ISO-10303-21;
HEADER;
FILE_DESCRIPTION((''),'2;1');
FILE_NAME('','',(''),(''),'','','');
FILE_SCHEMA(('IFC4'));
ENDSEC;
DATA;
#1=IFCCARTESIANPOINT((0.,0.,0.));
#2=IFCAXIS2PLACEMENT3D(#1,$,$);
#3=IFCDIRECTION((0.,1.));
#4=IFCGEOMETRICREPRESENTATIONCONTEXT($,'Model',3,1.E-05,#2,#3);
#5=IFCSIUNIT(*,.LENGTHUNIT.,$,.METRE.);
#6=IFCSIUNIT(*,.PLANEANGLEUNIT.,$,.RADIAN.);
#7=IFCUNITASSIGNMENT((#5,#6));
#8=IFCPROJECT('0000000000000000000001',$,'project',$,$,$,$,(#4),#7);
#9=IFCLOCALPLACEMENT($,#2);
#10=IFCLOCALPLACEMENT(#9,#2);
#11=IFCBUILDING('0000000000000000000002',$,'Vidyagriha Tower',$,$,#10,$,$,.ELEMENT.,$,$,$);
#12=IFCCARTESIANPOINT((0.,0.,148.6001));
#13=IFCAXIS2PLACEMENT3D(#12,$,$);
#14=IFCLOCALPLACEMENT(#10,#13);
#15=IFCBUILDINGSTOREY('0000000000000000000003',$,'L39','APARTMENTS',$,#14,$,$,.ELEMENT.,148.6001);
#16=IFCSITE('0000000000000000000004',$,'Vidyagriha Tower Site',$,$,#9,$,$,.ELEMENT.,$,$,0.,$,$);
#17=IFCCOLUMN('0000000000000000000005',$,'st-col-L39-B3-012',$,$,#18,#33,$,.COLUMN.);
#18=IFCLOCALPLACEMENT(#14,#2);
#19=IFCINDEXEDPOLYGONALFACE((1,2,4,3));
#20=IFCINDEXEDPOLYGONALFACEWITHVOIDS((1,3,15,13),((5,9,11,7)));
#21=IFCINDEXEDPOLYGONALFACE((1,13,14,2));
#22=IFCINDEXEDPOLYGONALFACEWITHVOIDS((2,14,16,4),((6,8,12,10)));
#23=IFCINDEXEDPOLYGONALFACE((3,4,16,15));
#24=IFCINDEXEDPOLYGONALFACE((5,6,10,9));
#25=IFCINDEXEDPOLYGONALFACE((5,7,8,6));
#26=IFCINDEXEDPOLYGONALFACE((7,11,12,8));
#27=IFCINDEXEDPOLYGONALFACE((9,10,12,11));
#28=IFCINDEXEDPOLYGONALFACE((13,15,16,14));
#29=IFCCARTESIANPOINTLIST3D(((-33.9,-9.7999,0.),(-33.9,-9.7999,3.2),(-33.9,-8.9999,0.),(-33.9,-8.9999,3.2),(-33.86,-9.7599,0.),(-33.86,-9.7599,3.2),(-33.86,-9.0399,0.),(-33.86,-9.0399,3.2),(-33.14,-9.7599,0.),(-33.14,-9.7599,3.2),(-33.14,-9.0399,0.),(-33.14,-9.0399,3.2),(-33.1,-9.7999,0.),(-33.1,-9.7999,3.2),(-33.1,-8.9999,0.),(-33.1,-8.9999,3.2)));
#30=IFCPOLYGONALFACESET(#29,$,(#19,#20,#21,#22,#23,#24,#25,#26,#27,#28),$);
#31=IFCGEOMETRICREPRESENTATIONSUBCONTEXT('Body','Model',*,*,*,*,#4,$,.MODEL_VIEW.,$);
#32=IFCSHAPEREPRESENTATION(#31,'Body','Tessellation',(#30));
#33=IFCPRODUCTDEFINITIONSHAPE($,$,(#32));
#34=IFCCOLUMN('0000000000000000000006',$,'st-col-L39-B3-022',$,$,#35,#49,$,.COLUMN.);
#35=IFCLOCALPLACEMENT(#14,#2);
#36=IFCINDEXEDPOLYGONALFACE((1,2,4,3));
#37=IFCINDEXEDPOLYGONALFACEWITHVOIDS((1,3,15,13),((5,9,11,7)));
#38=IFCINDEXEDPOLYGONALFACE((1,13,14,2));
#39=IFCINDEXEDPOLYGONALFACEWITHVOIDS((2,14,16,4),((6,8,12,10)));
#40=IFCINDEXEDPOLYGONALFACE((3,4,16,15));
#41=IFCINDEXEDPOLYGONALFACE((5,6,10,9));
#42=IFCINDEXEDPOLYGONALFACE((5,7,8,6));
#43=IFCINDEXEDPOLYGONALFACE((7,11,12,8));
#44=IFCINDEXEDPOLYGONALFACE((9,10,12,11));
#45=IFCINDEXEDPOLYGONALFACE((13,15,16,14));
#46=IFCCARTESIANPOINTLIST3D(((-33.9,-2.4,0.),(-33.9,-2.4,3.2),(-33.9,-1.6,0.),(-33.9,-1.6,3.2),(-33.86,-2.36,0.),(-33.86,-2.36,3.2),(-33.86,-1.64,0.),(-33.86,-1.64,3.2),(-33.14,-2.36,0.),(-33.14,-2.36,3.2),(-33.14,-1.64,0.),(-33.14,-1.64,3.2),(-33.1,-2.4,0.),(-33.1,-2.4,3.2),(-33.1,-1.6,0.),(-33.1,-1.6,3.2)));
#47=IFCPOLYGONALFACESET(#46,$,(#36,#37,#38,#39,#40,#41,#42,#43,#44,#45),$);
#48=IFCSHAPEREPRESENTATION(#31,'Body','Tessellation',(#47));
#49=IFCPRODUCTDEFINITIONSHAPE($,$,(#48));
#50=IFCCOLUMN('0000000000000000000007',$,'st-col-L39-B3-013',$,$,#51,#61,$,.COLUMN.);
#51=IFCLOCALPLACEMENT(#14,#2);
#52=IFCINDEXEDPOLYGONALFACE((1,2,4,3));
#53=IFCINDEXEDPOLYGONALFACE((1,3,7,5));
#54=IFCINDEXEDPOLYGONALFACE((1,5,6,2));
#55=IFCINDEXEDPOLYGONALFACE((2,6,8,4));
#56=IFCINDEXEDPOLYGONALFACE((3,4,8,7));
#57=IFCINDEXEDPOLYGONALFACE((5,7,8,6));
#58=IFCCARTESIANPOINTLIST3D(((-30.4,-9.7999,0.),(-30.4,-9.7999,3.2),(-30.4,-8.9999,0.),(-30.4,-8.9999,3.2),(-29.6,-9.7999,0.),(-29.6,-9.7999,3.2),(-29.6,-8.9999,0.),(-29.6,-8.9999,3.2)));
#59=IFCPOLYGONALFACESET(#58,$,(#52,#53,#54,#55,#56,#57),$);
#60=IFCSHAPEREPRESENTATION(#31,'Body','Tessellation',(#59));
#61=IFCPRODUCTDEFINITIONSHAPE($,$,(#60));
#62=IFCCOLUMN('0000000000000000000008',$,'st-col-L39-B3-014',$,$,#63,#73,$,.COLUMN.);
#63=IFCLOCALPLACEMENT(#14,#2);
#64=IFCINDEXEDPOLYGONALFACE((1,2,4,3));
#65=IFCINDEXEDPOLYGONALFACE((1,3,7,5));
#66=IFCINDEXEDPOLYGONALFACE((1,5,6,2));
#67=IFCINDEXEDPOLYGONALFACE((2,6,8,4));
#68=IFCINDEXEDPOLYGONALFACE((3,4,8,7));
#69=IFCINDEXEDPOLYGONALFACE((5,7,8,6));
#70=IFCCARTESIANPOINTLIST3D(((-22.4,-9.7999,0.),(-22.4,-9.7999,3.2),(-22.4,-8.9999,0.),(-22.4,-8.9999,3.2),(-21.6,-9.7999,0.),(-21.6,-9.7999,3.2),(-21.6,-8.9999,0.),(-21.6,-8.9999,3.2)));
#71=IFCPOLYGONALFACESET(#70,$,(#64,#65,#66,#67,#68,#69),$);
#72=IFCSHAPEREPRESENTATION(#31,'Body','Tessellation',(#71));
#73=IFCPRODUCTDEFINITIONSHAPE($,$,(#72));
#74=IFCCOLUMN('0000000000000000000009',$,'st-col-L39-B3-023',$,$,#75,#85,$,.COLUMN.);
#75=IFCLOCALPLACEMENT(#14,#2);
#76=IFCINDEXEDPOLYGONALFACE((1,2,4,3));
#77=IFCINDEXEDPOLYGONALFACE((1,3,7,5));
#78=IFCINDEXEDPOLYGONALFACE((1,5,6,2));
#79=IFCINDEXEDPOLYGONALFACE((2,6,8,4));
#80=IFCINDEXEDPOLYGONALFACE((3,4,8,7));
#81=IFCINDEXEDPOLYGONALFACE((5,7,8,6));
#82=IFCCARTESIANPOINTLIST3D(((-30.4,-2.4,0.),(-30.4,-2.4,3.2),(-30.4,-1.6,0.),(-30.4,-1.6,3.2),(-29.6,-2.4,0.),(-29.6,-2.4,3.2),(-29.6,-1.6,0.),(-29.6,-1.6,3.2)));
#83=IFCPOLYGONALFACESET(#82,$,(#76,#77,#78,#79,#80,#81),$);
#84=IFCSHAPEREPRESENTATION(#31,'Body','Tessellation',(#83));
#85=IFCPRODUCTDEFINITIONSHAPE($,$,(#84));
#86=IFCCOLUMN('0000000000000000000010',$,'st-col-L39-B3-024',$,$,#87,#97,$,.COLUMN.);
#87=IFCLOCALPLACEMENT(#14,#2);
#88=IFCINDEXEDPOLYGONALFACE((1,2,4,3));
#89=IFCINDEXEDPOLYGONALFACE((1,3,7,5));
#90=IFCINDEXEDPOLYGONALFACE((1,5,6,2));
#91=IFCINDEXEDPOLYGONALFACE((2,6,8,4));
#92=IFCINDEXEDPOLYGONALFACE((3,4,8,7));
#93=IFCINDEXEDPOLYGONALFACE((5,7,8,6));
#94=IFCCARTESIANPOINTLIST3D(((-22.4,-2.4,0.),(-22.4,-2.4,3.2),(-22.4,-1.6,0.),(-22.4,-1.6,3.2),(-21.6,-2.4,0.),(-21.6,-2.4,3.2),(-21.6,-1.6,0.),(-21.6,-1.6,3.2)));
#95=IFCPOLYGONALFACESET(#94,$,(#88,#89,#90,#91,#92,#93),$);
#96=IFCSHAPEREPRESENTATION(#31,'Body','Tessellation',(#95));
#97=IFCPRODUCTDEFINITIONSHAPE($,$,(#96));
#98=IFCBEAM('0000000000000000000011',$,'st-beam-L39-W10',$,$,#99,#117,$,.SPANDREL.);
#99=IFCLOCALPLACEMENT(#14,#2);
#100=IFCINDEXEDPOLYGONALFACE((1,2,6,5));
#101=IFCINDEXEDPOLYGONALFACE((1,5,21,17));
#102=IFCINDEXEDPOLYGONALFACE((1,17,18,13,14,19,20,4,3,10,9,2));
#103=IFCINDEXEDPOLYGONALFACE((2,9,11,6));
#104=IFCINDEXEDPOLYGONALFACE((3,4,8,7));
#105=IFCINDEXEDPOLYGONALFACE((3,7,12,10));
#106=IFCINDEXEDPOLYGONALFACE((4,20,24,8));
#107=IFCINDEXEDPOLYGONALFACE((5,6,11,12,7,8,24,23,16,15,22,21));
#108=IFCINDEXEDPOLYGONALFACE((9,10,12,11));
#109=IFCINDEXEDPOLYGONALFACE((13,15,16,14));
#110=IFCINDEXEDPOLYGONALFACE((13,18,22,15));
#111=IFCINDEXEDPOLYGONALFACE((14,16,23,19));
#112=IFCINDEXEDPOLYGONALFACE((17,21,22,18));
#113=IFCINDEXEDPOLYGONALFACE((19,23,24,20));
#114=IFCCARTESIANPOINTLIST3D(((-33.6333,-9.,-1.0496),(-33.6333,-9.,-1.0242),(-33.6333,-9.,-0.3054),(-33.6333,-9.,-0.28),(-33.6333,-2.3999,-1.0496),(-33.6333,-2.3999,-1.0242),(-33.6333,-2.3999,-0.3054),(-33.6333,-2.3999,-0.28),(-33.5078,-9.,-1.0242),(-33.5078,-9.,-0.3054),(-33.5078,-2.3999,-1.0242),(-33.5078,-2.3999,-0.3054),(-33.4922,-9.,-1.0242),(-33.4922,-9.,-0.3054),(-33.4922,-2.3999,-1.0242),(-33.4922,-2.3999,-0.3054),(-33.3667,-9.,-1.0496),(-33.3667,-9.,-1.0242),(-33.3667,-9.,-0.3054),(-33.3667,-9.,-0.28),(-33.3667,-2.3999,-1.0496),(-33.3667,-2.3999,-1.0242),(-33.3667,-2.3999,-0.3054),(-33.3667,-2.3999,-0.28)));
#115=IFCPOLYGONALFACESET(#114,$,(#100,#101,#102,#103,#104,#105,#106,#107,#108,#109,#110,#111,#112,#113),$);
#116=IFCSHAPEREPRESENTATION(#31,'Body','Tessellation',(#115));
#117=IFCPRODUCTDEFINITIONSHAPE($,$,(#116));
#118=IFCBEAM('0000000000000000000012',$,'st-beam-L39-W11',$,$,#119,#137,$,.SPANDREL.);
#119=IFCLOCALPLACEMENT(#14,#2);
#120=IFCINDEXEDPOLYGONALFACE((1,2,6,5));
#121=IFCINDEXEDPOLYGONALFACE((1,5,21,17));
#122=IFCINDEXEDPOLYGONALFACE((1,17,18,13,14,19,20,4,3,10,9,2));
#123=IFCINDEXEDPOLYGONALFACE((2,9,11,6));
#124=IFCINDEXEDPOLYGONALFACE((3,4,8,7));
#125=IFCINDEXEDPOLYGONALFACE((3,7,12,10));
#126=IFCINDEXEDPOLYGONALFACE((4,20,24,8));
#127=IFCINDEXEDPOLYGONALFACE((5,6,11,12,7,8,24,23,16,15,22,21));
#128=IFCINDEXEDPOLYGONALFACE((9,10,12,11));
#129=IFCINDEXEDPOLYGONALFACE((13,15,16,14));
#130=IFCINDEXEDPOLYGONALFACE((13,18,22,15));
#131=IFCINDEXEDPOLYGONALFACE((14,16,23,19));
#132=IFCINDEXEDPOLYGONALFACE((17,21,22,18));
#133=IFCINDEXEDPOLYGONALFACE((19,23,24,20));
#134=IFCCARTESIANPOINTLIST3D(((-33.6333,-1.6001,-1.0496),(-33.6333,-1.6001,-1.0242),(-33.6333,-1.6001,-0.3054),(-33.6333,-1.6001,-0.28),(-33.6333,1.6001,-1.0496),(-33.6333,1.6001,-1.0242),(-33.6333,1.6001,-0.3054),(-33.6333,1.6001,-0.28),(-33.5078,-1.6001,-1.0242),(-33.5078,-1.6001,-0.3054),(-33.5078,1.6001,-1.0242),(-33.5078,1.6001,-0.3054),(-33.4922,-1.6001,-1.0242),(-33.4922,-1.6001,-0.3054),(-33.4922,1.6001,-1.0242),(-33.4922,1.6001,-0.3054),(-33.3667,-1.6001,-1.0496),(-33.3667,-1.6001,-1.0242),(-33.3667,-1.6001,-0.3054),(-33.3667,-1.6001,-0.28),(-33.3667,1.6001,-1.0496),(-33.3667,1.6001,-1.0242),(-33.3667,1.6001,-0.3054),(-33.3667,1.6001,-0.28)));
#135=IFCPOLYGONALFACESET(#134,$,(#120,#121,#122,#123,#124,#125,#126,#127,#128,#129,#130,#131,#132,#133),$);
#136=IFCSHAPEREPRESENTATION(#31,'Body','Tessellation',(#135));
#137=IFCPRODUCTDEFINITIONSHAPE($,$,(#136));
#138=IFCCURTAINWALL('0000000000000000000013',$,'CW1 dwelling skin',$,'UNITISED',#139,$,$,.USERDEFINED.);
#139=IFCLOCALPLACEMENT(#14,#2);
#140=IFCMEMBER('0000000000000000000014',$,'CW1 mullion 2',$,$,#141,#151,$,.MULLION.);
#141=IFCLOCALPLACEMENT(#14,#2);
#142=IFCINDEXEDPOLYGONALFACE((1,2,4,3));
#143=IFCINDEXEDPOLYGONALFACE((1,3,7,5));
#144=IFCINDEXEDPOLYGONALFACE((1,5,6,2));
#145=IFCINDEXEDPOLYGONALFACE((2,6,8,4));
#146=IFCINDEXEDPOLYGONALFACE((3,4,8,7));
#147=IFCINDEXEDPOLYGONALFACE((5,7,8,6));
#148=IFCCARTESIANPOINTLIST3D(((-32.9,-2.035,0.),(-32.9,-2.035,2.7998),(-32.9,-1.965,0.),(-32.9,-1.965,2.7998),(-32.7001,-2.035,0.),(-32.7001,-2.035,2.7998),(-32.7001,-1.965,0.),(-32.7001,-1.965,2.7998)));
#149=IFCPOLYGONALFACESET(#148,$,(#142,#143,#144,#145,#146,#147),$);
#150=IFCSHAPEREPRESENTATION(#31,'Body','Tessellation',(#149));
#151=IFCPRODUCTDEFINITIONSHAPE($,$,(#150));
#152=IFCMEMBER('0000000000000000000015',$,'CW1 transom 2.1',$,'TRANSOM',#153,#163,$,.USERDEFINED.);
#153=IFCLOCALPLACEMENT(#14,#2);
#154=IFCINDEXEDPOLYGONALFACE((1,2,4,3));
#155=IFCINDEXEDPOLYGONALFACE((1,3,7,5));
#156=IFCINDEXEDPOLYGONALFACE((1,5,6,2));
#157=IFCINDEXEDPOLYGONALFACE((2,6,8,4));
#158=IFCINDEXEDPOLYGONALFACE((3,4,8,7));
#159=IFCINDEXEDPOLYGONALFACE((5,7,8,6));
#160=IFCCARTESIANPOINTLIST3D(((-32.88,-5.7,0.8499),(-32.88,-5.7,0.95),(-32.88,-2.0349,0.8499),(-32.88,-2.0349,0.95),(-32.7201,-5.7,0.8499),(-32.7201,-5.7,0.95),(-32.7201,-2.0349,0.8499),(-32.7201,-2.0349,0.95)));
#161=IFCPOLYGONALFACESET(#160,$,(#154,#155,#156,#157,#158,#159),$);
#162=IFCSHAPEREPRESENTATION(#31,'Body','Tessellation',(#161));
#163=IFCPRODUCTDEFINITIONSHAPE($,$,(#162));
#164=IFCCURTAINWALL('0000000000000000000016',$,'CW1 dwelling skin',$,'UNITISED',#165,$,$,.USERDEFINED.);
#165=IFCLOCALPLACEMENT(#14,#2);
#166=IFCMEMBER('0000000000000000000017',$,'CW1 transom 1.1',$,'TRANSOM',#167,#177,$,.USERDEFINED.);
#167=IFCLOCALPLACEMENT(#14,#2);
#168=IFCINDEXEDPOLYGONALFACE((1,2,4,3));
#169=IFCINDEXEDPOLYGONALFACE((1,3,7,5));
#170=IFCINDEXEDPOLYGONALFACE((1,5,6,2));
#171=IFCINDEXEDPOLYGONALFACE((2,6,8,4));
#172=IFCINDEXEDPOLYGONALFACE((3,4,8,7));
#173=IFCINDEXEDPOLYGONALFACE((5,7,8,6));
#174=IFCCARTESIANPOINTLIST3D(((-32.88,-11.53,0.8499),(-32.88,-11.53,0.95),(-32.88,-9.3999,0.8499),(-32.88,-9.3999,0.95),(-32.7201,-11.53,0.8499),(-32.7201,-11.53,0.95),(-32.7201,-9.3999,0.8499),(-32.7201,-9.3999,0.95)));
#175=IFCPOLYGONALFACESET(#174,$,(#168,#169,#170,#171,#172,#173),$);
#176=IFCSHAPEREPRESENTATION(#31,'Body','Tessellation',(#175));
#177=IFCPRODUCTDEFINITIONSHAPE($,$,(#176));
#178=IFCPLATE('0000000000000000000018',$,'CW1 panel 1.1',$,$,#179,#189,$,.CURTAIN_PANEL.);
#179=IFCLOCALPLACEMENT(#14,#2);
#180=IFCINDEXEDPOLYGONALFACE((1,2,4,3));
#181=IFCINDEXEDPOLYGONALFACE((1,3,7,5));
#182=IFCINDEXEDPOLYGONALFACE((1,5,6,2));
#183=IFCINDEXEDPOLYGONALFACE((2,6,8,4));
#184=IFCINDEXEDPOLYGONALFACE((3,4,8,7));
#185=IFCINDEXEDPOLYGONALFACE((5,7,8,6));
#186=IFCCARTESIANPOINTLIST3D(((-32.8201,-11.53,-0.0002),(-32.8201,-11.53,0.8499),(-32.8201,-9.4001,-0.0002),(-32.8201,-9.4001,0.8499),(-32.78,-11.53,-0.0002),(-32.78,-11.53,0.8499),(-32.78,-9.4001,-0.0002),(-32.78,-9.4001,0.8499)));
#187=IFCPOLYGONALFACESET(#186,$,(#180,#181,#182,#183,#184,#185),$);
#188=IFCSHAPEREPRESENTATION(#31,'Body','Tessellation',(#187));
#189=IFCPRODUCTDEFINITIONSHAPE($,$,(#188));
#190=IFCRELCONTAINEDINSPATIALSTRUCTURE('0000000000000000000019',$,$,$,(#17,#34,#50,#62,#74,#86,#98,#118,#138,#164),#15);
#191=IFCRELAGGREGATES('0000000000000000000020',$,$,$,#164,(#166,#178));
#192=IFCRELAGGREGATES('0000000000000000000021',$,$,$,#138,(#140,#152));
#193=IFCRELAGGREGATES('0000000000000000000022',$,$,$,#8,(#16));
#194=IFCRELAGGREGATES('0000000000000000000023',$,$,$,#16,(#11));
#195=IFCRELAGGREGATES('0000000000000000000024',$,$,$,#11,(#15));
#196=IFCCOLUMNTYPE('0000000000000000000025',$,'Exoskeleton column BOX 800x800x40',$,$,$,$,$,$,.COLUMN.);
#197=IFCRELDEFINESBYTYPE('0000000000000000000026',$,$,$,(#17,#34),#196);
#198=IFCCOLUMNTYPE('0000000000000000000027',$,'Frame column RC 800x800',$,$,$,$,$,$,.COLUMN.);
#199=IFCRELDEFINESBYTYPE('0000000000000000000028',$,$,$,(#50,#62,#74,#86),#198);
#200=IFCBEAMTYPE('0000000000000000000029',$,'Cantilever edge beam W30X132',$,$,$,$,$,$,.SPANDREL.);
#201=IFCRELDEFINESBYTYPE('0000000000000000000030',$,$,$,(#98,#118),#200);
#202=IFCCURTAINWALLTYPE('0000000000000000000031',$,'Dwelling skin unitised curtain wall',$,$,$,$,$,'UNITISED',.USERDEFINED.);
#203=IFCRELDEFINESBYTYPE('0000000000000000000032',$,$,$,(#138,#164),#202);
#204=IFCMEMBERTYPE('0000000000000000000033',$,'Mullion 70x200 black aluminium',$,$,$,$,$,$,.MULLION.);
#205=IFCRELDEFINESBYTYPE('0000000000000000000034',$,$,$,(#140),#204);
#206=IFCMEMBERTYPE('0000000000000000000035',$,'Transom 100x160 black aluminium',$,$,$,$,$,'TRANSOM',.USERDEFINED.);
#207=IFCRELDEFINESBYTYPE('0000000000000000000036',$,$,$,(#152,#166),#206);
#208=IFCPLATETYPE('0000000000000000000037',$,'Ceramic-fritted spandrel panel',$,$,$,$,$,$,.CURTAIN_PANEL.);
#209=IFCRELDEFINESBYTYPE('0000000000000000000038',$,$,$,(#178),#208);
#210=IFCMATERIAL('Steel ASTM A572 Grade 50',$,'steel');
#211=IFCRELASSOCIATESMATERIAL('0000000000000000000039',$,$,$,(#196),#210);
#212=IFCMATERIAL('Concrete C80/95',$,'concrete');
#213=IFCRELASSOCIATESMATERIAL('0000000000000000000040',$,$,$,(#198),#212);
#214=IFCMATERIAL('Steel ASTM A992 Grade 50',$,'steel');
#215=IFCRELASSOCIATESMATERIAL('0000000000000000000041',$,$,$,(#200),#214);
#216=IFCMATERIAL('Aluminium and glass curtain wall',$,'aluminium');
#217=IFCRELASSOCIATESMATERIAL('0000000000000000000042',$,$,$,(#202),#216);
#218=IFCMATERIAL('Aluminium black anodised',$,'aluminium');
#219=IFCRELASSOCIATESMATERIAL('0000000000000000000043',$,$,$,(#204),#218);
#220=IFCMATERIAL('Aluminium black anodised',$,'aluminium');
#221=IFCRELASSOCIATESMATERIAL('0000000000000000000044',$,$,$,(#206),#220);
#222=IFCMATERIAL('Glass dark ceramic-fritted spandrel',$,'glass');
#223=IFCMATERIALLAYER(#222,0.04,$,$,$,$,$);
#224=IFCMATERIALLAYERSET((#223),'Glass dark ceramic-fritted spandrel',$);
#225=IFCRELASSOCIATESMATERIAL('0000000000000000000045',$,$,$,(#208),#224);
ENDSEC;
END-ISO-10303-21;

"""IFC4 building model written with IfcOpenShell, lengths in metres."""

from ifc_helpers import new_model, si_unit, direction, frame, origin, origin_2d, place, context, subcontext, project, spatial, rectangle, hollow_rectangle, i_section, extrude, material, layer, layer_set, material_profile, profile_set, type_object, element, aggregate, save


model = new_model("IFC4")

# Units and contexts
model_context = context("Model", 3, precision=1e-05, world=origin(), true_north=direction((0.0, 1.0)))
body_context = subcontext(model_context, "Body", "Model", "MODEL_VIEW")
ifc_project = project(units=[si_unit("LENGTHUNIT", "METRE"), si_unit("PLANEANGLEUNIT", "RADIAN")], contexts=[model_context])

# Site, building, storey
site_placement = place(None, origin())
site = spatial("IfcSite", under=ifc_project, at=site_placement, Name="Vidyagriha Tower Site", CompositionType="ELEMENT", RefElevation=0.0)
building_placement = place(site_placement, origin())
building = spatial("IfcBuilding", under=site, at=building_placement, Name="Vidyagriha Tower", CompositionType="ELEMENT")
storey_placement = place(building_placement, frame((0.0, 0.0, 148.6001)))
storey = spatial("IfcBuildingStorey", under=building, at=storey_placement, Name="L39", Description="APARTMENTS", CompositionType="ELEMENT", Elevation=148.6001)

# Columns
ifc_material_1 = material(Name="Steel ASTM A572 Grade 50", Category="steel")
ifc_material_profile_1 = material_profile(ifc_material_1, hollow_rectangle(XDim=0.8, YDim=0.8, WallThickness=0.04, at=origin_2d()), Name="BOX 800x800x40")
ifc_profile_set_1 = profile_set([ifc_material_profile_1], Name="Steel ASTM A572 Grade 50")
column_type_1 = type_object("IfcColumnType", Name="Exoskeleton column BOX 800x800x40", PredefinedType="COLUMN", material=ifc_profile_set_1)
for number, where, name in (
    (1, (-33.5, -9.3999, 0.0), "st-col-L39-B3-012"),
    (2, (-33.5, -2.0, 0.0), "st-col-L39-B3-022"),
):
    element("IfcColumn", number, at=place(storey_placement, frame(where)), inside=storey, type_object=column_type_1, Name=name, PredefinedType="COLUMN", context=body_context, shape_type="SweptSolid", body=[
        extrude(hollow_rectangle(XDim=0.8, YDim=0.8, WallThickness=0.04, at=origin_2d()), origin(), (0.0, 0.0, 1.0), 3.2),
    ])
ifc_material_2 = material(Name="Concrete C80/95", Category="concrete")
ifc_material_profile_2 = material_profile(ifc_material_2, rectangle(XDim=0.8, YDim=0.8, at=origin_2d()), Name="RC 800x800")
ifc_profile_set_2 = profile_set([ifc_material_profile_2], Name="Concrete C80/95")
column_type_2 = type_object("IfcColumnType", Name="Frame column RC 800x800", PredefinedType="COLUMN", material=ifc_profile_set_2)
for number, where, name in (
    (3, (-30.0, -9.3999, 0.0), "st-col-L39-B3-013"),
    (4, (-22.0, -9.3999, 0.0), "st-col-L39-B3-014"),
    (5, (-30.0, -2.0, 0.0), "st-col-L39-B3-023"),
    (6, (-22.0, -2.0, 0.0), "st-col-L39-B3-024"),
):
    element("IfcColumn", number, at=place(storey_placement, frame(where)), inside=storey, type_object=column_type_2, Name=name, PredefinedType="COLUMN", context=body_context, shape_type="SweptSolid", body=[
        extrude(rectangle(XDim=0.8, YDim=0.8, at=origin_2d()), origin(), (0.0, 0.0, 1.0), 3.2),
    ])

# Beams
ifc_material_3 = material(Name="Steel ASTM A992 Grade 50", Category="steel")
ifc_material_profile_3 = material_profile(ifc_material_3, i_section(OverallWidth=0.2666, OverallDepth=0.7695, WebThickness=0.0156, FlangeThickness=0.0254, at=origin_2d()), Name="W30X132")
ifc_profile_set_3 = profile_set([ifc_material_profile_3], Name="Steel ASTM A992 Grade 50")
beam_type = type_object("IfcBeamType", Name="Cantilever edge beam W30X132", PredefinedType="SPANDREL", material=ifc_profile_set_3)
beam_1_placement = place(storey_placement, frame((-33.5, -9.0, -0.6648), z_axis=(0.0, 1.0, 0.0), x_axis=(-1.0, 0.0, 0.0)))
element("IfcBeam", 7, at=beam_1_placement, inside=storey, type_object=beam_type, Name="st-beam-L39-W10", PredefinedType="SPANDREL", context=body_context, shape_type="SweptSolid", body=[
    extrude(i_section(OverallWidth=0.2666, OverallDepth=0.7695, WebThickness=0.0156, FlangeThickness=0.0254, at=origin_2d()), origin(), (0.0, 0.0, 1.0), 6.6001),
])
beam_2_placement = place(storey_placement, frame((-33.5, -1.6001, -0.6648), z_axis=(0.0, 1.0, 0.0), x_axis=(-1.0, 0.0, 0.0)))
element("IfcBeam", 8, at=beam_2_placement, inside=storey, type_object=beam_type, Name="st-beam-L39-W11", PredefinedType="SPANDREL", context=body_context, shape_type="SweptSolid", body=[
    extrude(i_section(OverallWidth=0.2666, OverallDepth=0.7695, WebThickness=0.0156, FlangeThickness=0.0254, at=origin_2d()), origin(), (0.0, 0.0, 1.0), 3.2002),
])

# Curtain wall, members
ifc_material_4 = material(Name="Aluminium and glass curtain wall", Category="aluminium")
curtain_wall_type = type_object("IfcCurtainWallType", Name="Dwelling skin unitised curtain wall", ElementType="UNITISED", PredefinedType="USERDEFINED", material=ifc_material_4)
curtain_wall_1_placement = place(storey_placement, origin())
curtain_wall_1 = element("IfcCurtainWall", 9, at=curtain_wall_1_placement, inside=storey, type_object=curtain_wall_type, Name="CW1 dwelling skin", ObjectType="UNITISED", PredefinedType="USERDEFINED")
ifc_material_5 = material(Name="Aluminium black anodised", Category="aluminium")
ifc_material_profile_4 = material_profile(ifc_material_5, rectangle(XDim=0.2, YDim=0.0701, at=origin_2d()), Name="Mullion 70x200 black aluminium")
ifc_profile_set_4 = profile_set([ifc_material_profile_4], Name="Aluminium black anodised")
member_type_1 = type_object("IfcMemberType", Name="Mullion 70x200 black aluminium", PredefinedType="MULLION", material=ifc_profile_set_4)
member_1_placement = place(storey_placement, frame((-32.8, -2.0, 0.0)))
member_1 = element("IfcMember", 10, at=member_1_placement, type_object=member_type_1, Name="CW1 mullion 2", PredefinedType="MULLION", context=body_context, shape_type="SweptSolid", body=[
    extrude(rectangle(XDim=0.2, YDim=0.0701, at=origin_2d()), origin(), (0.0, 0.0, 1.0), 2.7998),
])
ifc_material_6 = material(Name="Aluminium black anodised", Category="aluminium")
ifc_material_profile_5 = material_profile(ifc_material_6, rectangle(XDim=0.1599, YDim=0.1001, at=origin_2d()), Name="Transom 100x160 black aluminium")
ifc_profile_set_5 = profile_set([ifc_material_profile_5], Name="Aluminium black anodised")
member_type_2 = type_object("IfcMemberType", Name="Transom 100x160 black aluminium", ElementType="TRANSOM", PredefinedType="USERDEFINED", material=ifc_profile_set_5)
member_2_placement = place(storey_placement, frame((-32.8, -2.0349, 0.8999), z_axis=(0.0, -1.0, 0.0), x_axis=(1.0, 0.0, 0.0)))
member_2 = element("IfcMember", 11, at=member_2_placement, type_object=member_type_2, Name="CW1 transom 2.1", ObjectType="TRANSOM", PredefinedType="USERDEFINED", context=body_context, shape_type="SweptSolid", body=[
    extrude(rectangle(XDim=0.1599, YDim=0.1001, at=origin_2d()), origin(), (0.0, 0.0, 1.0), 3.665),
])

# Curtain wall, member, plate
curtain_wall_2_placement = place(storey_placement, origin())
curtain_wall_2 = element("IfcCurtainWall", 12, at=curtain_wall_2_placement, inside=storey, type_object=curtain_wall_type, Name="CW1 dwelling skin", ObjectType="UNITISED", PredefinedType="USERDEFINED")
member_3_placement = place(storey_placement, frame((-32.8, -9.3999, 0.8999), z_axis=(0.0, -1.0, 0.0), x_axis=(1.0, 0.0, 0.0)))
member_3 = element("IfcMember", 13, at=member_3_placement, type_object=member_type_2, Name="CW1 transom 1.1", ObjectType="TRANSOM", PredefinedType="USERDEFINED", context=body_context, shape_type="SweptSolid", body=[
    extrude(rectangle(XDim=0.1599, YDim=0.1001, at=origin_2d()), origin(), (0.0, 0.0, 1.0), 2.1301),
])
ifc_material_7 = material(Name="Glass dark ceramic-fritted spandrel", Category="glass")
ifc_layer_1 = layer(ifc_material_7, 0.04)
ifc_layer_set_1 = layer_set([ifc_layer_1], Name="Glass dark ceramic-fritted spandrel")
plate_type_1 = type_object("IfcPlateType", Name="Ceramic-fritted spandrel panel", PredefinedType="CURTAIN_PANEL", material=ifc_layer_set_1)
plate_1_placement = place(storey_placement, frame((-32.8, -10.4651, -0.0002), z_axis=(0.0, 0.0, 1.0), x_axis=(0.0, -1.0, 0.0)))
plate_1 = element("IfcPlate", 14, at=plate_1_placement, type_object=plate_type_1, Name="CW1 panel 1.1", PredefinedType="CURTAIN_PANEL", context=body_context, shape_type="SweptSolid", body=[
    extrude(rectangle(XDim=2.1299, YDim=0.04, at=origin_2d()), origin(), (0.0, 0.0, 1.0), 0.8501),
])

aggregate(curtain_wall_2, [member_3, plate_1])
aggregate(curtain_wall_1, [member_1, member_2])

save(model, "model.ifc")
